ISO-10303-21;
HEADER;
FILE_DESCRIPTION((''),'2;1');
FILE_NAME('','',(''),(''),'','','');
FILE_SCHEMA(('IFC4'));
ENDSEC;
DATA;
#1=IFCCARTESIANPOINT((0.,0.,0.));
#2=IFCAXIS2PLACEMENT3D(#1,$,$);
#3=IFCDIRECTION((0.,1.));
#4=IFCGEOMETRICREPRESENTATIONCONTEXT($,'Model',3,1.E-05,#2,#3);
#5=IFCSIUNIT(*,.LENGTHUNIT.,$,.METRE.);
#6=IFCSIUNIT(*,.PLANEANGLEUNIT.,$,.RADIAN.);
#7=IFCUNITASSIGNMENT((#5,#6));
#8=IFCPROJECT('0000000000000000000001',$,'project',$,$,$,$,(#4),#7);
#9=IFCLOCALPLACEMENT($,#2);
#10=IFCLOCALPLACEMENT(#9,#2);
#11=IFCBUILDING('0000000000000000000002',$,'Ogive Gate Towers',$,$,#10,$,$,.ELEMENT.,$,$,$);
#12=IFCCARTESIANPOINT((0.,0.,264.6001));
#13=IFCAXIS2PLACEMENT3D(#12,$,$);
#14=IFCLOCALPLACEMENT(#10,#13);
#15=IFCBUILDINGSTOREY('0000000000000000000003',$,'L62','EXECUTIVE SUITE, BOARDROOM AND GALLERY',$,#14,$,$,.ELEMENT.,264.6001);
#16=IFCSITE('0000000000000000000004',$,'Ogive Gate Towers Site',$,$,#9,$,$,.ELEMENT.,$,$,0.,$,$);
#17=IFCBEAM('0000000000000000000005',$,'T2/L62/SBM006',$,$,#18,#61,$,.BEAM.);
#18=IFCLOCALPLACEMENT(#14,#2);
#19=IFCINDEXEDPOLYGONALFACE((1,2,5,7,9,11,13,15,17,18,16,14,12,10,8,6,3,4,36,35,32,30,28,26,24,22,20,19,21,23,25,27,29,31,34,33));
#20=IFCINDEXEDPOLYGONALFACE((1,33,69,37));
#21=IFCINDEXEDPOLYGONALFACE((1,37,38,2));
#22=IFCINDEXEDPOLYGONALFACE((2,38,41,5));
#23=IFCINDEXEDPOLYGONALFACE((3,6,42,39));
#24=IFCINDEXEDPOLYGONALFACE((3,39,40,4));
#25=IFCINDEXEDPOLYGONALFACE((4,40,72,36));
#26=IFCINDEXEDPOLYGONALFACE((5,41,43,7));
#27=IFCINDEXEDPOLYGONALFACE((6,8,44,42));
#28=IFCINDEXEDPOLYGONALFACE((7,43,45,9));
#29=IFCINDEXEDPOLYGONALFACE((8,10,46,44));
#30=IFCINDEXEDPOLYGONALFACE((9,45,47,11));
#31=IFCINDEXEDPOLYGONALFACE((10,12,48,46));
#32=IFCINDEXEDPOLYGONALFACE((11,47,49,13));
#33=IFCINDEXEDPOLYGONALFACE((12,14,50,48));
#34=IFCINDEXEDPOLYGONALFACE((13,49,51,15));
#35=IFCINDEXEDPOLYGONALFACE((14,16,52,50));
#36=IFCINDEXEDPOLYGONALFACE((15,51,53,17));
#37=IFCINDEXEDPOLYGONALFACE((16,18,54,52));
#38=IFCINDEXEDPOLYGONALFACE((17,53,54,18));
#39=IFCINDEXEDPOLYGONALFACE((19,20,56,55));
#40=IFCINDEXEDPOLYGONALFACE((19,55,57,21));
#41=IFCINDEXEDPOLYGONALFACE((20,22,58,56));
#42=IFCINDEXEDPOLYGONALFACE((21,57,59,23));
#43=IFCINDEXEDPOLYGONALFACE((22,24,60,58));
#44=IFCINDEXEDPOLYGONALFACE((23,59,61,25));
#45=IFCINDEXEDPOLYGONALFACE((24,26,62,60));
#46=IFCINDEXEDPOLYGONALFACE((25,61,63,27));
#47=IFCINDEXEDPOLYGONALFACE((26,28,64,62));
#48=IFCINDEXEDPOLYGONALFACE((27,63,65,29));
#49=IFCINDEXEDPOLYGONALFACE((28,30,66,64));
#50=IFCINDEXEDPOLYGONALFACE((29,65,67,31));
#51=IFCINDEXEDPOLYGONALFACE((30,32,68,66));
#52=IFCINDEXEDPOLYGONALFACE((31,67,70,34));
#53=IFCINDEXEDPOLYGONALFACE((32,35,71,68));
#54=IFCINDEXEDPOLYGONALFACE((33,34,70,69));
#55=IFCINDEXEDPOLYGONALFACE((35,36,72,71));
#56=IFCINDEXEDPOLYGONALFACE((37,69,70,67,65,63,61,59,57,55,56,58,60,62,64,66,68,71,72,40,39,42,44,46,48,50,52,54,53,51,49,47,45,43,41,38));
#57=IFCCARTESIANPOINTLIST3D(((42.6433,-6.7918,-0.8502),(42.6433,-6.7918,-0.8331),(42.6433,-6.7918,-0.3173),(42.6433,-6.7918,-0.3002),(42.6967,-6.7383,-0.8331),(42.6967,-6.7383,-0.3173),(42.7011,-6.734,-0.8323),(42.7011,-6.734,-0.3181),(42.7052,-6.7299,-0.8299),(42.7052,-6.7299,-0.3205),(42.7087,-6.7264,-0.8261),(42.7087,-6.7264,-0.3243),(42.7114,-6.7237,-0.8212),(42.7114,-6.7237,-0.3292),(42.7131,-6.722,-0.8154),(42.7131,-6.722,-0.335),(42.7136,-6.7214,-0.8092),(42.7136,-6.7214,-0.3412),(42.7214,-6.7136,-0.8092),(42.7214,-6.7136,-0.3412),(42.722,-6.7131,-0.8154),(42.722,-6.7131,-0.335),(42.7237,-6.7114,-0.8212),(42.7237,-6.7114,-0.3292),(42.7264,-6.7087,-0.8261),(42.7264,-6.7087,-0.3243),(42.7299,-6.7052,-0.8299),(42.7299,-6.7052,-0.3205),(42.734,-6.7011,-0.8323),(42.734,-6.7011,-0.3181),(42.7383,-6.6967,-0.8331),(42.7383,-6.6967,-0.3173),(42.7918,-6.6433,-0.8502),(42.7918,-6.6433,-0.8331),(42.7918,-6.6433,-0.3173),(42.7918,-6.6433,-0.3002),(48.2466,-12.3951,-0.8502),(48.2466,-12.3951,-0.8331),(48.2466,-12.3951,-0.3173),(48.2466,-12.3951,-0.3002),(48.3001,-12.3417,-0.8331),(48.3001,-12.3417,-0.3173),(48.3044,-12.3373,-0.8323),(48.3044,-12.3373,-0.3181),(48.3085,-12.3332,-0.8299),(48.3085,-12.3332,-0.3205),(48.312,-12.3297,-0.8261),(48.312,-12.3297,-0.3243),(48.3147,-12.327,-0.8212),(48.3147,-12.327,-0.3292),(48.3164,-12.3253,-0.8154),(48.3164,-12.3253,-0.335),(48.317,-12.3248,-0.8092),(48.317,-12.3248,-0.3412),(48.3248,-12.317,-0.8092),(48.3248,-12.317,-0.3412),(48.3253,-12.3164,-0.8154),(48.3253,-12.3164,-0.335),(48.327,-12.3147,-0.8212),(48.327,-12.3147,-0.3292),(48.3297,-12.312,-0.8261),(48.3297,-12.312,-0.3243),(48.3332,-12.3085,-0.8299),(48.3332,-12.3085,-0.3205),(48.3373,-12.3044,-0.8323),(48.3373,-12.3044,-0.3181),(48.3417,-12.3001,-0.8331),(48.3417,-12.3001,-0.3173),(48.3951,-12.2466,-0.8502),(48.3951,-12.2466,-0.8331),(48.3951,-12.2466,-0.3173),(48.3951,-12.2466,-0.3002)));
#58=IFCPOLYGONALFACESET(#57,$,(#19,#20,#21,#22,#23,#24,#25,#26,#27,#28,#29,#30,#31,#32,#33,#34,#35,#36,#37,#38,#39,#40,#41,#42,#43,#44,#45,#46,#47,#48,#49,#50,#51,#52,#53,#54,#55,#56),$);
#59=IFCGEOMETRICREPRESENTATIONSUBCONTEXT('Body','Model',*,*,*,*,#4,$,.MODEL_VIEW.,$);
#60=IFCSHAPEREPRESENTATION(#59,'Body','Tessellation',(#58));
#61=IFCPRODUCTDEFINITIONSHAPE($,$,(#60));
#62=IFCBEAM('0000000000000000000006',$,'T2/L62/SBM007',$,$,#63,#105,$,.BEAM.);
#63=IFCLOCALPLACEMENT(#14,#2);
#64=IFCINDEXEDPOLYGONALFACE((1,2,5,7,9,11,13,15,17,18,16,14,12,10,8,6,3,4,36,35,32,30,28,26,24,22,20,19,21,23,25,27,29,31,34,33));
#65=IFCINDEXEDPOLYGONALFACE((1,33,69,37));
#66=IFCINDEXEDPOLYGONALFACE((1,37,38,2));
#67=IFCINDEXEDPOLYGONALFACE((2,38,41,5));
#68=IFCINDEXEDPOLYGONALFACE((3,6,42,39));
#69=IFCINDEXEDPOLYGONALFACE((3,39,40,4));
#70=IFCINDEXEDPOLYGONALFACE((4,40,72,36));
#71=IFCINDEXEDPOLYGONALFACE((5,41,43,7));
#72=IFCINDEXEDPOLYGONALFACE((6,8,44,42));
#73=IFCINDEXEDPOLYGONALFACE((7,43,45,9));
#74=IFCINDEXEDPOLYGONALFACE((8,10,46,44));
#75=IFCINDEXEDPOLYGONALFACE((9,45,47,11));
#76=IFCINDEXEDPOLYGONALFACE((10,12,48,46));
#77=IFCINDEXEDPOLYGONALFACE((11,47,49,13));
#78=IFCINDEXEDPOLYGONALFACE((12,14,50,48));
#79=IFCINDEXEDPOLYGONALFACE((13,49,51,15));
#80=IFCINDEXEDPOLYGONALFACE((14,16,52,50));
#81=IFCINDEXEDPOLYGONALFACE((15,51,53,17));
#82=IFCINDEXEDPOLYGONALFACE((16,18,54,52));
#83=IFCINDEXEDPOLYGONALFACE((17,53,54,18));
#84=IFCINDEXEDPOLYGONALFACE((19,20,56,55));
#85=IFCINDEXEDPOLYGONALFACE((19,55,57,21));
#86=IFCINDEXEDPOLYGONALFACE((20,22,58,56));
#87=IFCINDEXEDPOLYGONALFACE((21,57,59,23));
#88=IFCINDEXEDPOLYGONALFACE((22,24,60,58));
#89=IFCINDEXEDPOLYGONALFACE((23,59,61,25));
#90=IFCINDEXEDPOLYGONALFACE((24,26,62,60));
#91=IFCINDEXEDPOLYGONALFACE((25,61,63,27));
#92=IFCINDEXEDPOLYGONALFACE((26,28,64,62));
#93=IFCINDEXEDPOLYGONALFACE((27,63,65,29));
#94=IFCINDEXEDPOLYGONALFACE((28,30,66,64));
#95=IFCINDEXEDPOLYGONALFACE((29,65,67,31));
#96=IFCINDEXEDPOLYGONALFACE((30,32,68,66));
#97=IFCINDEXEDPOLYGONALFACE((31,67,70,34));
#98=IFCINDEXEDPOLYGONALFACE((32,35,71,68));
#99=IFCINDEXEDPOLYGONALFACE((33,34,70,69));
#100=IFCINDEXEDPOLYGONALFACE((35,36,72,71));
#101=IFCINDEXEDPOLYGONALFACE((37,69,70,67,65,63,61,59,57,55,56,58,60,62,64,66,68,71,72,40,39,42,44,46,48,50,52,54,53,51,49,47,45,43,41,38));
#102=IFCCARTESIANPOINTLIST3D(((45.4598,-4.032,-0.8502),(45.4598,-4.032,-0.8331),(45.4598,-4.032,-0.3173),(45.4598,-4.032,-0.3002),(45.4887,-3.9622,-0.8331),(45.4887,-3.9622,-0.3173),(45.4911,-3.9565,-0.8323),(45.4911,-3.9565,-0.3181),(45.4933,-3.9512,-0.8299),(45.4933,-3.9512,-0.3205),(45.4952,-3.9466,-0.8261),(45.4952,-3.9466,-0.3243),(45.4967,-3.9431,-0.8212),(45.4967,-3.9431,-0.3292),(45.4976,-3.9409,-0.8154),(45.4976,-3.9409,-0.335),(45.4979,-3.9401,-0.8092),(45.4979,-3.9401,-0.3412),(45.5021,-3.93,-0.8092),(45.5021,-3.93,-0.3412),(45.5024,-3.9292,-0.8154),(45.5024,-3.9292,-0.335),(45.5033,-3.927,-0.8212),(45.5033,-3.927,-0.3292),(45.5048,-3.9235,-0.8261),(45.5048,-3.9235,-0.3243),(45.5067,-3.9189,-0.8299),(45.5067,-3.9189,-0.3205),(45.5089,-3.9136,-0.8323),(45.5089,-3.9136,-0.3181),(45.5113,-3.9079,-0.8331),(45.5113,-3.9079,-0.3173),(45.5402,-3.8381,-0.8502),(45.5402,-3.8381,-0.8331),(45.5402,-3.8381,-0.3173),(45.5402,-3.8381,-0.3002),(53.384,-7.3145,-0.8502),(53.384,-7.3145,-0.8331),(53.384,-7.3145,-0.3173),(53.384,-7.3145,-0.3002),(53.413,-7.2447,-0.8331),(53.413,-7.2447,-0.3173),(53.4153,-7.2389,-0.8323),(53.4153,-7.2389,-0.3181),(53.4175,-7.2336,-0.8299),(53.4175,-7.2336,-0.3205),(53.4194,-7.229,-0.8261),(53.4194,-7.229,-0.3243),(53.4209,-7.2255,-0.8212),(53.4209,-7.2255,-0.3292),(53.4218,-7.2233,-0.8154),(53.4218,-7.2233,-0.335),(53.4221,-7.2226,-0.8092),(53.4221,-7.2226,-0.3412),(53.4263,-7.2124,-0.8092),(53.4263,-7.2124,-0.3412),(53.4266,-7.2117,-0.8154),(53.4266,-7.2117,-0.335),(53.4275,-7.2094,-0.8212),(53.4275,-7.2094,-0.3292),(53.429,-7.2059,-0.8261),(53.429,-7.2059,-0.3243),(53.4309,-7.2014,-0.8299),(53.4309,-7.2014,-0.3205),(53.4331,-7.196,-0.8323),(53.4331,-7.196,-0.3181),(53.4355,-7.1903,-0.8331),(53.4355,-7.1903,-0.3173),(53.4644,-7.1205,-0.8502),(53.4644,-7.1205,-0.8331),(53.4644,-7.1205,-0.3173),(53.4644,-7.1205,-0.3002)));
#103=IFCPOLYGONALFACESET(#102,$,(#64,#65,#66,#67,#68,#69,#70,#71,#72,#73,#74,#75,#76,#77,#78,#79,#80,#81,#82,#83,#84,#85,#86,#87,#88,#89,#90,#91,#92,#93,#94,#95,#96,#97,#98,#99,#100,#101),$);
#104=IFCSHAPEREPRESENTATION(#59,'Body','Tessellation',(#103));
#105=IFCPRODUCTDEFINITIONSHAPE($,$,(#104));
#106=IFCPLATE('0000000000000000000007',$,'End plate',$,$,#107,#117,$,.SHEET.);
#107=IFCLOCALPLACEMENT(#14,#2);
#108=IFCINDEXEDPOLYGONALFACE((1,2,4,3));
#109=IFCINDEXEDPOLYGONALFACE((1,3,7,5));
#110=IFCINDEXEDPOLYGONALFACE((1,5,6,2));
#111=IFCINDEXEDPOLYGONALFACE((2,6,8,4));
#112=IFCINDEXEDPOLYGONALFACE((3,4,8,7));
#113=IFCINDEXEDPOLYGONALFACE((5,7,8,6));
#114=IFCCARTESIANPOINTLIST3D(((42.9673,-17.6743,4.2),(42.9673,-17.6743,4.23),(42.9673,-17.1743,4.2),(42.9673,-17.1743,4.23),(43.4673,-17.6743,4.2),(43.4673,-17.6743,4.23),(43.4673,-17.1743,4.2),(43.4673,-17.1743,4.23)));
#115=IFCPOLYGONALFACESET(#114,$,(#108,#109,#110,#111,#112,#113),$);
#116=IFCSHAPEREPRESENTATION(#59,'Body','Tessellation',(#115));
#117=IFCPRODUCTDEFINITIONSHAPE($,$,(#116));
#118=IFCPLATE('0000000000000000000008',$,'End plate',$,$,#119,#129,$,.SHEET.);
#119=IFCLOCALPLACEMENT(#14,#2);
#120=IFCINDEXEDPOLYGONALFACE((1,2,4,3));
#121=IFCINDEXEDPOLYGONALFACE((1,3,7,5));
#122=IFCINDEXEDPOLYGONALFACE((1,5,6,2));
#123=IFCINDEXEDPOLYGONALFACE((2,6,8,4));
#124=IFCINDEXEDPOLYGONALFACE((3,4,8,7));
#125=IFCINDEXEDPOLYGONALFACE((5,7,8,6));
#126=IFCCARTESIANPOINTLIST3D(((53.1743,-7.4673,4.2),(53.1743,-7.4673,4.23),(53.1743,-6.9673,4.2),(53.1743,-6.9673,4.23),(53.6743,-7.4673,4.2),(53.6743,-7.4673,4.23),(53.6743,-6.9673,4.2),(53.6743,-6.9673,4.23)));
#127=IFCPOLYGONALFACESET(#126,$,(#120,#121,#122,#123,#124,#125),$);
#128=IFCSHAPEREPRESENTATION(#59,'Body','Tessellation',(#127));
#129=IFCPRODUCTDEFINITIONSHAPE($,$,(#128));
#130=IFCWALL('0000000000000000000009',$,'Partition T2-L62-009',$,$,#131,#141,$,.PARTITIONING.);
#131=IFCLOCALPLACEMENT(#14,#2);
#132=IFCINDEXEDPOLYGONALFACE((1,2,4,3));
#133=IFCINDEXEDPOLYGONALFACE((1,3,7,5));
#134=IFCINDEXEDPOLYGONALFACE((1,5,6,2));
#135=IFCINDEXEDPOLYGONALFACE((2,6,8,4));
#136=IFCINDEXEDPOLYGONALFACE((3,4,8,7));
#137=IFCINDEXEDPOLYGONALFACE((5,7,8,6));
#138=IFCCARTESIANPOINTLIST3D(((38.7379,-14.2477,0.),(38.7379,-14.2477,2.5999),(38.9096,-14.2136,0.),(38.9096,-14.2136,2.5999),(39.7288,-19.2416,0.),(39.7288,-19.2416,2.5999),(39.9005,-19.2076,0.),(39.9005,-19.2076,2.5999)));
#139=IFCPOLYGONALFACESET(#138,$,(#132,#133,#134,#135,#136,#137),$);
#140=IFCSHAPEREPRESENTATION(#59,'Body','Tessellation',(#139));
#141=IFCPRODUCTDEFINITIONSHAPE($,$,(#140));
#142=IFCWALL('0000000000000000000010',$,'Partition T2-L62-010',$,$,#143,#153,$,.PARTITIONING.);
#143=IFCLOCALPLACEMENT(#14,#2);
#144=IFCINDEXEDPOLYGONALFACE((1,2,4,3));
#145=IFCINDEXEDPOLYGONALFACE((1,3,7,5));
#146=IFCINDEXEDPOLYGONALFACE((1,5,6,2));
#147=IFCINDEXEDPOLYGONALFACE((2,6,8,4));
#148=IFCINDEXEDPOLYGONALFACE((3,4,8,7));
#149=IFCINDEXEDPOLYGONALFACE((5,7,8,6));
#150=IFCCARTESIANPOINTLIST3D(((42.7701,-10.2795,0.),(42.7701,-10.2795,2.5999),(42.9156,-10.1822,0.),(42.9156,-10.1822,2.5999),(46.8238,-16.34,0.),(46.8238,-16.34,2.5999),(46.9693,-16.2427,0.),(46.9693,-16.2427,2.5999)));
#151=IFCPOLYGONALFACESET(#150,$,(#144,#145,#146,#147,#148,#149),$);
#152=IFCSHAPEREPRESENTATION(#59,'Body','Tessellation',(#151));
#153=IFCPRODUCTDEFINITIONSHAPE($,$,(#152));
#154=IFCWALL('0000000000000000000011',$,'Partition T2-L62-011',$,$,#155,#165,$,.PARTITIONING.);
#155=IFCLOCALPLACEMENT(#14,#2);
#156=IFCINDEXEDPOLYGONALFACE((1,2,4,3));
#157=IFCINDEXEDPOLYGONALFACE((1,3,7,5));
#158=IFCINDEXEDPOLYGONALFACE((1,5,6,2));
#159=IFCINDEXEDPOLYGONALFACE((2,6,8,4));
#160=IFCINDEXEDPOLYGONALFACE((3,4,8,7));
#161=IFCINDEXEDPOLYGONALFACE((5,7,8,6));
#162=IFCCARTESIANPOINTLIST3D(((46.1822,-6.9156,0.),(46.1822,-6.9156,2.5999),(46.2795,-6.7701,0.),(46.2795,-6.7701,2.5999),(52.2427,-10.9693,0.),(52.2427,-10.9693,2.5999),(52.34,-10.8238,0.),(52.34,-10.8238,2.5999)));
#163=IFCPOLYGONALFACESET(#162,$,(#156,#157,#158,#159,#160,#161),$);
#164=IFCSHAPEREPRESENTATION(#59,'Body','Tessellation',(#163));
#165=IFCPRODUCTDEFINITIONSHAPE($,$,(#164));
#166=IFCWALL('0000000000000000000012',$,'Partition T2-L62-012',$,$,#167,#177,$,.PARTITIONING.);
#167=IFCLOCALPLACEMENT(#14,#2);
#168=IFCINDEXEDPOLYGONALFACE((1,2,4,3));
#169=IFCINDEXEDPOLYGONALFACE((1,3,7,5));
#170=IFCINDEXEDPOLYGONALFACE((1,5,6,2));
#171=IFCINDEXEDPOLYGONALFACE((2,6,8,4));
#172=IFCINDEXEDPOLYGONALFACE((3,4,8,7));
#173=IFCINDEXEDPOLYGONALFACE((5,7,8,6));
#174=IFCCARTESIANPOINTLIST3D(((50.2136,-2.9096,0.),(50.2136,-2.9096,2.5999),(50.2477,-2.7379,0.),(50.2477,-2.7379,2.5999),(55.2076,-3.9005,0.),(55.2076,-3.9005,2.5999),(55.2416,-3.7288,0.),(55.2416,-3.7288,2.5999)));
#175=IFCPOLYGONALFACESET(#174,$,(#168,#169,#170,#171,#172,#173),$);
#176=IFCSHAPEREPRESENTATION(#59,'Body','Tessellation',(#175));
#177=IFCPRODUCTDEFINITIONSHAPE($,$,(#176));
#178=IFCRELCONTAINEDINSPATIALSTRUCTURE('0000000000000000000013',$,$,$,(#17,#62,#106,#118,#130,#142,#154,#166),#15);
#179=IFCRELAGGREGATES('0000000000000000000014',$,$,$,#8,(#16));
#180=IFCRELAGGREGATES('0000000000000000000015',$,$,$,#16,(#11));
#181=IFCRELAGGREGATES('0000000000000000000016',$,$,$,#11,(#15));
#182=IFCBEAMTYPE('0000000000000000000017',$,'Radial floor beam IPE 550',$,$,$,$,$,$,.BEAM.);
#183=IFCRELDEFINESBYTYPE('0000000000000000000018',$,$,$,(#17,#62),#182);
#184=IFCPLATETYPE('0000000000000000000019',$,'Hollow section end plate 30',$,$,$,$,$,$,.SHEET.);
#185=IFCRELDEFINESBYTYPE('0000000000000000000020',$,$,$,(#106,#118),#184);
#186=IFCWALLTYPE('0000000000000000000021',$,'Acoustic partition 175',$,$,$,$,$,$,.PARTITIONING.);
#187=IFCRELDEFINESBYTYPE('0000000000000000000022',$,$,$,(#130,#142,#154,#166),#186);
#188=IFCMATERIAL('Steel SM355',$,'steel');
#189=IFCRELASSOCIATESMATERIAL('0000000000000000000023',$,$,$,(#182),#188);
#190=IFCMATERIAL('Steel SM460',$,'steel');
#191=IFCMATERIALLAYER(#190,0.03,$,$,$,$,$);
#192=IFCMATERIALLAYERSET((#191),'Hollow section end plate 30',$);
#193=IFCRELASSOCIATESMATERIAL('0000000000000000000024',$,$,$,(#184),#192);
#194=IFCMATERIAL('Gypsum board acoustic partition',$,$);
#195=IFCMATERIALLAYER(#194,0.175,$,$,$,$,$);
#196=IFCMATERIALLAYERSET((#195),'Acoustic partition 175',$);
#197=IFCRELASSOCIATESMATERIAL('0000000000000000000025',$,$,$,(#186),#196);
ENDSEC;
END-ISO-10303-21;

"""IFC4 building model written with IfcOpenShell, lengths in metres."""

from ifc_helpers import new_model, si_unit, direction, frame, frame_2d, origin, origin_2d, place, context, subcontext, project, spatial, polyline, rectangle, i_section, outline, extrude, material, layer, layer_set, material_profile, profile_set, type_object, element, save


model = new_model("IFC4")

# Units and contexts
model_context = context("Model", 3, precision=1e-05, world=origin(), true_north=direction((0.0, 1.0)))
body_context = subcontext(model_context, "Body", "Model", "MODEL_VIEW")
ifc_project = project(units=[si_unit("LENGTHUNIT", "METRE"), si_unit("PLANEANGLEUNIT", "RADIAN")], contexts=[model_context])

# Site, building, storey
site_placement = place(None, origin())
site = spatial("IfcSite", under=ifc_project, at=site_placement, Name="Ogive Gate Towers Site", CompositionType="ELEMENT", RefElevation=0.0)
building_placement = place(site_placement, origin())
building = spatial("IfcBuilding", under=site, at=building_placement, Name="Ogive Gate Towers", CompositionType="ELEMENT")
storey_placement = place(building_placement, frame((0.0, 0.0, 264.6001)))
storey = spatial("IfcBuildingStorey", under=building, at=storey_placement, Name="L62", Description="EXECUTIVE SUITE, BOARDROOM AND GALLERY", CompositionType="ELEMENT", Elevation=264.6001)

# Shared definitions
ifc_material_1 = material(Name="Steel SM460", Category="steel")

# Beams
ifc_material_2 = material(Name="Steel SM355", Category="steel")
ifc_material_profile_1 = material_profile(ifc_material_2, i_section(OverallWidth=0.21, OverallDepth=0.55, WebThickness=0.011, FlangeThickness=0.0171, FilletRadius=0.0239, at=origin_2d()), Name="IPE 550")
ifc_profile_set_1 = profile_set([ifc_material_profile_1], Name="Steel SM355")
beam_type_1 = type_object("IfcBeamType", Name="Radial floor beam IPE 550", PredefinedType="BEAM", material=ifc_profile_set_1)
beam_1_placement = place(storey_placement, frame((42.7175, -6.7175, -0.5752), z_axis=(0.707107, -0.707107, 0.0), x_axis=(0.707107, 0.707107, 0.0)))
element("IfcBeam", 1, at=beam_1_placement, inside=storey, type_object=beam_type_1, Name="T2/L62/SBM006", PredefinedType="BEAM", context=body_context, shape_type="SweptSolid", body=[
    extrude(i_section(OverallWidth=0.21, OverallDepth=0.55, WebThickness=0.011, FlangeThickness=0.0171, FilletRadius=0.0239, at=origin_2d()), origin(), (0.0, 0.0, 1.0), 7.9243),
])
beam_2_placement = place(storey_placement, frame((45.5, -3.9351, -0.5752), z_axis=(0.923875, -0.382695, 0.0), x_axis=(0.382695, 0.923875, 0.0)))
element("IfcBeam", 2, at=beam_2_placement, inside=storey, type_object=beam_type_1, Name="T2/L62/SBM007", PredefinedType="BEAM", context=body_context, shape_type="SweptSolid", body=[
    extrude(i_section(OverallWidth=0.21, OverallDepth=0.55, WebThickness=0.011, FlangeThickness=0.0171, FilletRadius=0.0239, at=origin_2d()), origin(), (0.0, 0.0, 1.0), 8.5771),
])

# Plates
ifc_layer_1 = layer(ifc_material_1, 0.03)
ifc_layer_set_1 = layer_set([ifc_layer_1], Name="Hollow section end plate 30")
plate_type = type_object("IfcPlateType", Name="Hollow section end plate 30", PredefinedType="SHEET", material=ifc_layer_set_1)
for number, where, z_axis, x_axis, name in (
    (3, (42.9673, -17.6743, 4.23), (0.0, 0.0, 1.0), (1.0, 0.0, 0.0), "End plate"),
    (4, (53.1743, -7.4673, 4.23), (0.0, 0.0, 1.0), (1.0, 0.0, 0.0), "End plate"),
):
    element("IfcPlate", number, at=place(storey_placement, frame(where, z_axis=z_axis, x_axis=x_axis)), inside=storey, type_object=plate_type, Name=name, PredefinedType="SHEET", context=body_context, shape_type="SweptSolid", body=[
        extrude(outline(polyline([(0.0, 0.0), (0.5, 0.0), (0.5, 0.5), (0.0, 0.5), (0.0, 0.0)])), origin(), (0.0, 0.0, -1.0), 0.03),
    ])

# Walls
ifc_material_3 = material(Name="Gypsum board acoustic partition")
ifc_layer_2 = layer(ifc_material_3, 0.175)
ifc_layer_set_2 = layer_set([ifc_layer_2], Name="Acoustic partition 175")
wall_type_1 = type_object("IfcWallType", Name="Acoustic partition 175", PredefinedType="PARTITIONING", material=ifc_layer_set_2)
wall_1_placement = place(storey_placement, frame((39.8147, -19.2246, 0.0), z_axis=(0.0, 0.0, 1.0), x_axis=(-0.19464, 0.980875, 0.0)))
element("IfcWall", 5, at=wall_1_placement, inside=storey, type_object=wall_type_1, Name="Partition T2-L62-009", PredefinedType="PARTITIONING", context=body_context, shape_type="SweptSolid", body=[
    extrude(rectangle(XDim=5.0913, YDim=0.175, at=frame_2d((2.5457, 0.0))), origin(), (0.0, 0.0, 1.0), 2.5999),
])
for number, where, z_axis, x_axis, name in (
    (6, (46.8965, -16.2913, 0.0), (0.0, 0.0, 1.0), (-0.555967, 0.831205, 0.0), "Partition T2-L62-010"),
    (7, (52.2913, -10.8965, 0.0), (0.0, 0.0, 1.0), (-0.831205, 0.555967, 0.0), "Partition T2-L62-011"),
):
    element("IfcWall", number, at=place(storey_placement, frame(where, z_axis=z_axis, x_axis=x_axis)), inside=storey, type_object=wall_type_1, Name=name, PredefinedType="PARTITIONING", context=body_context, shape_type="SweptSolid", body=[
        extrude(rectangle(XDim=7.2913, YDim=0.175, at=frame_2d((3.6455, 0.0))), origin(), (0.0, 0.0, 1.0), 2.5999),
    ])
wall_2_placement = place(storey_placement, frame((55.2246, -3.8147, 0.0), z_axis=(0.0, 0.0, 1.0), x_axis=(-0.980875, 0.19464, 0.0)))
element("IfcWall", 8, at=wall_2_placement, inside=storey, type_object=wall_type_1, Name="Partition T2-L62-012", PredefinedType="PARTITIONING", context=body_context, shape_type="SweptSolid", body=[
    extrude(rectangle(XDim=5.0913, YDim=0.175, at=frame_2d((2.5457, 0.0))), origin(), (0.0, 0.0, 1.0), 2.5999),
])

save(model, "model.ifc")
